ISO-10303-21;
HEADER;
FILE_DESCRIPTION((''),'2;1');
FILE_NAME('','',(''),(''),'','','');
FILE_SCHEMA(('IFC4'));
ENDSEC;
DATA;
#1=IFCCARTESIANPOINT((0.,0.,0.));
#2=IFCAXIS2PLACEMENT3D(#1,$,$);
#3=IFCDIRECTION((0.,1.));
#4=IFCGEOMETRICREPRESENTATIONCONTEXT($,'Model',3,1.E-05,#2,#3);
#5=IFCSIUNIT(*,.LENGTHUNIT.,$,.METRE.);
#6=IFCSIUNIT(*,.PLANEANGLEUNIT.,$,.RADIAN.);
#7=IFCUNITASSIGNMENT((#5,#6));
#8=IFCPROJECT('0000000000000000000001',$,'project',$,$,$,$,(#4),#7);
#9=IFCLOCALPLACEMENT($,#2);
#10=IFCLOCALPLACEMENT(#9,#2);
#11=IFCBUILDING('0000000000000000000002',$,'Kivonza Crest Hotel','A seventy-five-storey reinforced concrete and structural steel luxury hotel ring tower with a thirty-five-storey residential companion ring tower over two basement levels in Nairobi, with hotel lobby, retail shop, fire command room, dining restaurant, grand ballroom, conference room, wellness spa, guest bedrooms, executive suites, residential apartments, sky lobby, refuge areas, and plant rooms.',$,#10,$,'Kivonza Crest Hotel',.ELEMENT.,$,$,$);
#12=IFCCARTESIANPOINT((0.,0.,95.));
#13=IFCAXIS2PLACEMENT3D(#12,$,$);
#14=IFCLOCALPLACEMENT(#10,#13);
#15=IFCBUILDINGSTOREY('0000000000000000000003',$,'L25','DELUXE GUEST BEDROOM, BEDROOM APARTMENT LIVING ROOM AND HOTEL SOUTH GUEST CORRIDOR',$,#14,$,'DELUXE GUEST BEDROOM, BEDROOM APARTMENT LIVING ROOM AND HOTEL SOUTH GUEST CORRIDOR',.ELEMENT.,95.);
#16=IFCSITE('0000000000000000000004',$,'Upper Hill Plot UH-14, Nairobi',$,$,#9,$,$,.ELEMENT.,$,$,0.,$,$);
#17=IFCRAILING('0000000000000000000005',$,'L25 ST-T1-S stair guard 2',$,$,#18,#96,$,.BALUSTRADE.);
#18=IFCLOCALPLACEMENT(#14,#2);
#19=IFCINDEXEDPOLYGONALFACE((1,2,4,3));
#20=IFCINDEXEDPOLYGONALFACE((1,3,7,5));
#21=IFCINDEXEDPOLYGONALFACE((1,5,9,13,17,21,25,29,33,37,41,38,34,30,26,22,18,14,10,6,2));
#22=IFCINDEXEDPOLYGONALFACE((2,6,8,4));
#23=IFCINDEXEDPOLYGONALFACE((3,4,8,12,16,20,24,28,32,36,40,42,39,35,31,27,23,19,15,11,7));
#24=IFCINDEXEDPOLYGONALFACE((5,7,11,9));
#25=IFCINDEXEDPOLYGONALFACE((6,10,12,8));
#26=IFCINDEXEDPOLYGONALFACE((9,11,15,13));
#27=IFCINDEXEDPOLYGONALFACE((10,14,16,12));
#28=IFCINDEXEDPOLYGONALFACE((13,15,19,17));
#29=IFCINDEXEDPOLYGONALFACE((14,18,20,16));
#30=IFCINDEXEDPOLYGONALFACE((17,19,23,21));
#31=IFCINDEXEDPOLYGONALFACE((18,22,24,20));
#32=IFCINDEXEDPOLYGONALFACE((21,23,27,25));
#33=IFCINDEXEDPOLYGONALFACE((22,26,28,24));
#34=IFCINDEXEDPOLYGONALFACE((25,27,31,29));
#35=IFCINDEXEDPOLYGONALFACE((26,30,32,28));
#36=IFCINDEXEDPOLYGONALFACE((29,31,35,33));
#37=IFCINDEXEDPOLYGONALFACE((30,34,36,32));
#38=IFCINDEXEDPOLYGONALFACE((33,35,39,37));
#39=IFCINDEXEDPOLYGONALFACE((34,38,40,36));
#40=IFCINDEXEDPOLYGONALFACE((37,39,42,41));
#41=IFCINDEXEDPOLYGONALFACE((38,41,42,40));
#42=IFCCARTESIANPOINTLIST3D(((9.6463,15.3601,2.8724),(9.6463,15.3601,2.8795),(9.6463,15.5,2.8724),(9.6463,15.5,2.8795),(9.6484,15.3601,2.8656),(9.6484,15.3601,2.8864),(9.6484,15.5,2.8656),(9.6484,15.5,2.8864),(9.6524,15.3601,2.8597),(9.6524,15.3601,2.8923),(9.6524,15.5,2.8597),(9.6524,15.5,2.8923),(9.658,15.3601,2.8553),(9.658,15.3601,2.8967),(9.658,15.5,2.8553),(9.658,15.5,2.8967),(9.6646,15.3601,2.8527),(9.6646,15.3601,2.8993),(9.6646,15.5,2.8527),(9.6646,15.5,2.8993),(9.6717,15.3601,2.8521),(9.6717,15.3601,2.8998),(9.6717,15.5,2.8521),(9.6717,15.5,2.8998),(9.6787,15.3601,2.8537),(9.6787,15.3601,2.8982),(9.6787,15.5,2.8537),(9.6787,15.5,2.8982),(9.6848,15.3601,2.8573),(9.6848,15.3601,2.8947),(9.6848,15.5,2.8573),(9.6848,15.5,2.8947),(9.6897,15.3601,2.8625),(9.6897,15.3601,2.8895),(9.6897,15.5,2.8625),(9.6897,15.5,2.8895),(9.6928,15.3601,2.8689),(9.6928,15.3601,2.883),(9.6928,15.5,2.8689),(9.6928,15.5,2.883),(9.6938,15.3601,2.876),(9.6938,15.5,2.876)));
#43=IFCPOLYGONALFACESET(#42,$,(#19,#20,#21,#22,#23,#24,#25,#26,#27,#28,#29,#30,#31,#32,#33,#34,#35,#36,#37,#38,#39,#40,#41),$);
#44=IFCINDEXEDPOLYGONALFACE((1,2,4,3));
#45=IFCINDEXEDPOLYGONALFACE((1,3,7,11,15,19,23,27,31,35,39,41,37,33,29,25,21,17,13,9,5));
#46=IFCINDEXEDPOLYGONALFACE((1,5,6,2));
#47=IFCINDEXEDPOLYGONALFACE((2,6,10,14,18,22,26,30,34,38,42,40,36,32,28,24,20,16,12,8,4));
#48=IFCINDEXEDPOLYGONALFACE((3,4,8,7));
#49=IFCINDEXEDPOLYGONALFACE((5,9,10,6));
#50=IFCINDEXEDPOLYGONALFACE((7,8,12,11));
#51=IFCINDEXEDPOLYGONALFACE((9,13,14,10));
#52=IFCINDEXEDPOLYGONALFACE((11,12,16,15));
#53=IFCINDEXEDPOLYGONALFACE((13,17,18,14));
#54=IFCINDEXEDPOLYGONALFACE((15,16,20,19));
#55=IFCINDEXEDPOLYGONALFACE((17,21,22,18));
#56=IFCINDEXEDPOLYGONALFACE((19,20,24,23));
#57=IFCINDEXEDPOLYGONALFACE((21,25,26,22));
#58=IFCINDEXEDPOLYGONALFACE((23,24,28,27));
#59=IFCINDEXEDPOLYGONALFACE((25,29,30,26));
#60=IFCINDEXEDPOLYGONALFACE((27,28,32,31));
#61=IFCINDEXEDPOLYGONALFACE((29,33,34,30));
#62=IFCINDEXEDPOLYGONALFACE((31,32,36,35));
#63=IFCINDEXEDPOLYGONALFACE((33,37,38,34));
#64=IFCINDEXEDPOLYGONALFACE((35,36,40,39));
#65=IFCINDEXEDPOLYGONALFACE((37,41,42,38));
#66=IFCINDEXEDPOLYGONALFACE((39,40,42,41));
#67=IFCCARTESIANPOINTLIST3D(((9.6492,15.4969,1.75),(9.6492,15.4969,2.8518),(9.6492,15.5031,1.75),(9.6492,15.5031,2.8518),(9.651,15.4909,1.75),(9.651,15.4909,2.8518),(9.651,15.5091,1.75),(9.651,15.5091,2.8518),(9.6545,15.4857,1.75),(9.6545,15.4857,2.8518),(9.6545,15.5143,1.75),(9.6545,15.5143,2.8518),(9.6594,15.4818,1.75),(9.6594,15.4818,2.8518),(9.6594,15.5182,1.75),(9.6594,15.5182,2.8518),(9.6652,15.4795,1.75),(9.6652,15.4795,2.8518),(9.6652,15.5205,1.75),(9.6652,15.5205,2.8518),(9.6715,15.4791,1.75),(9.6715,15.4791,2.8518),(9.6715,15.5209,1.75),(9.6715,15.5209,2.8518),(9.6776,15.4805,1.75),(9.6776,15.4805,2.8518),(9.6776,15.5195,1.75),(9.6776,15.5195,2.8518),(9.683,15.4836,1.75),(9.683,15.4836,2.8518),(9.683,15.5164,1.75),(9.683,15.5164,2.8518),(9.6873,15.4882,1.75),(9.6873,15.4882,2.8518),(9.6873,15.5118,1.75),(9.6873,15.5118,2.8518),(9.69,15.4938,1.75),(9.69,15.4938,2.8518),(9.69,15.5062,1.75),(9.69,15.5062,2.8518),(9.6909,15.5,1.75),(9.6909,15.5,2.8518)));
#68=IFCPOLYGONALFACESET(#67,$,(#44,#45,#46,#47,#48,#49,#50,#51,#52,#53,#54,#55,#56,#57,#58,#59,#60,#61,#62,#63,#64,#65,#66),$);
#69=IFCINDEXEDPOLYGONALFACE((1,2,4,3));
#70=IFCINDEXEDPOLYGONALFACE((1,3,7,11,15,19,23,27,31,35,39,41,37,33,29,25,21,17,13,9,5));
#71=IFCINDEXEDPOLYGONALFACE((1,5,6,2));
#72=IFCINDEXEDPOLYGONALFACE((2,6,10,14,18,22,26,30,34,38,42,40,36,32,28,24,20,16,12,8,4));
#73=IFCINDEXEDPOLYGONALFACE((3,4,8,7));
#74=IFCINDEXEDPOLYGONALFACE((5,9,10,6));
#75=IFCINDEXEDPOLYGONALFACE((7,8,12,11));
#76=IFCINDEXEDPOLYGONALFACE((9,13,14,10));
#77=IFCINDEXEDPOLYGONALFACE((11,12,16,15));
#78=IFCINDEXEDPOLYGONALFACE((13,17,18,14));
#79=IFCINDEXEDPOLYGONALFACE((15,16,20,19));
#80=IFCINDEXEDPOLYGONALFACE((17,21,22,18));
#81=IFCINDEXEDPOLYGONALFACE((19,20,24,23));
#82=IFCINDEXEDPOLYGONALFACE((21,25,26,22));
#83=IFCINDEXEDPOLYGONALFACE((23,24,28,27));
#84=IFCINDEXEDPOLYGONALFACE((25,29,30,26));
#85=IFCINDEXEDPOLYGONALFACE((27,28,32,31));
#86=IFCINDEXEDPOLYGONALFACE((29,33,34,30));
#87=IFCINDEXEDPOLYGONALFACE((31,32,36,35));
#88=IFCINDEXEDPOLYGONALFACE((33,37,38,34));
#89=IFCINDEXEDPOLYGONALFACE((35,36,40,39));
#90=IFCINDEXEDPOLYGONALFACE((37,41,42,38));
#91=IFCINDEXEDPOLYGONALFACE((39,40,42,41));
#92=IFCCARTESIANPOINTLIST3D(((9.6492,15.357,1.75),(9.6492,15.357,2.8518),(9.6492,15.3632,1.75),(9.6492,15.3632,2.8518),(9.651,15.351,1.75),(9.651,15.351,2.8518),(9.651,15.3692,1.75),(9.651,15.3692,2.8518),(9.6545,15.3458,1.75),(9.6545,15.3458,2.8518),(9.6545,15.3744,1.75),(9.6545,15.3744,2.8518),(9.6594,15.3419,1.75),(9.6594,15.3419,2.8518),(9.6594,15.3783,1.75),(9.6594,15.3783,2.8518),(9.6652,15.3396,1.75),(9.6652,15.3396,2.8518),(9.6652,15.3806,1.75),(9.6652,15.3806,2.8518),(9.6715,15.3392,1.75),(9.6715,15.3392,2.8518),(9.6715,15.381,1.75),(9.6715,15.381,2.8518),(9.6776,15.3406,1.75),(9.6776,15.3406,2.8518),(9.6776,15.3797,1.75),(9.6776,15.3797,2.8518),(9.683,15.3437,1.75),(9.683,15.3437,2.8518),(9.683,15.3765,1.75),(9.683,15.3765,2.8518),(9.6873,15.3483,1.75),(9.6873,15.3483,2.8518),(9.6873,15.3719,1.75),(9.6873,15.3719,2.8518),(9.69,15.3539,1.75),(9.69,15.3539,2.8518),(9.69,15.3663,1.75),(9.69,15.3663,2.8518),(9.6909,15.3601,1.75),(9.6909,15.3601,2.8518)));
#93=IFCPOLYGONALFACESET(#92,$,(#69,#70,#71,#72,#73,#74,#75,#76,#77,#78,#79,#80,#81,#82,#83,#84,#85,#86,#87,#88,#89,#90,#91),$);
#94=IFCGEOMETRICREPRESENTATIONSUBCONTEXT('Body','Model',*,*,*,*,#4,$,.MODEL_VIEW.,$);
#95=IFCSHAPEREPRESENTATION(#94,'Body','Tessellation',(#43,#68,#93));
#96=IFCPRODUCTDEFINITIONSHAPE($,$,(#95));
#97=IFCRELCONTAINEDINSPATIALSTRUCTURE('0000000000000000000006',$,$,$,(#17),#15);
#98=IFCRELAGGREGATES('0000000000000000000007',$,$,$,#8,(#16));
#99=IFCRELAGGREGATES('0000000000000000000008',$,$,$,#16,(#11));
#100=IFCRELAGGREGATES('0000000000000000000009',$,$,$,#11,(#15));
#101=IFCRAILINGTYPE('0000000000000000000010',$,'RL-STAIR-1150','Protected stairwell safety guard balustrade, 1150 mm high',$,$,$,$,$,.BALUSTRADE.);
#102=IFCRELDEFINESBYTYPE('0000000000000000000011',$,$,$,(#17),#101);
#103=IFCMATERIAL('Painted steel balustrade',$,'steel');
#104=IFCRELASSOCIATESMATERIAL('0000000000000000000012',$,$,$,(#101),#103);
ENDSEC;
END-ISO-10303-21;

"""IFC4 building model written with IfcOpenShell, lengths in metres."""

from ifc_helpers import new_model, si_unit, direction, frame, origin, origin_2d, place, context, subcontext, project, spatial, circle, extrude, material, type_object, element, save


model = new_model("IFC4")

# Units and contexts
model_context = context("Model", 3, precision=1e-05, world=origin(), true_north=direction((0.0, 1.0)))
body_context = subcontext(model_context, "Body", "Model", "MODEL_VIEW")
ifc_project = project(units=[si_unit("LENGTHUNIT", "METRE"), si_unit("PLANEANGLEUNIT", "RADIAN")], contexts=[model_context])

# Site, building, storey
site_placement = place(None, origin())
site = spatial("IfcSite", under=ifc_project, at=site_placement, Name="Upper Hill Plot UH-14, Nairobi", CompositionType="ELEMENT", RefElevation=0.0)
building_placement = place(site_placement, origin())
building = spatial("IfcBuilding", under=site, at=building_placement, Name="Kivonza Crest Hotel", Description="A seventy-five-storey reinforced concrete and structural steel luxury hotel ring tower with a thirty-five-storey residential companion ring tower over two basement levels in Nairobi, with hotel lobby, retail shop, fire command room, dining restaurant, grand ballroom, conference room, wellness spa, guest bedrooms, executive suites, residential apartments, sky lobby, refuge areas, and plant rooms.", LongName="Kivonza Crest Hotel", CompositionType="ELEMENT")
storey_placement = place(building_placement, frame((0.0, 0.0, 95.0)))
storey = spatial("IfcBuildingStorey", under=building, at=storey_placement, Name="L25", Description="DELUXE GUEST BEDROOM, BEDROOM APARTMENT LIVING ROOM AND HOTEL SOUTH GUEST CORRIDOR", LongName="DELUXE GUEST BEDROOM, BEDROOM APARTMENT LIVING ROOM AND HOTEL SOUTH GUEST CORRIDOR", CompositionType="ELEMENT", Elevation=95.0)

# Railing
ifc_material_1 = material(Name="Painted steel balustrade", Category="steel")
railing_type_1 = type_object("IfcRailingType", Name="RL-STAIR-1150", Description="Protected stairwell safety guard balustrade, 1150 mm high", PredefinedType="BALUSTRADE", material=ifc_material_1)
railing_1_placement = place(storey_placement, frame((9.6699, 15.5, 1.75)))
element("IfcRailing", 1, at=railing_1_placement, inside=storey, type_object=railing_type_1, Name="L25 ST-T1-S stair guard 2", PredefinedType="BALUSTRADE", context=body_context, shape_type="SweptSolid", body=[
    extrude(circle(Radius=0.0239, at=origin_2d()), frame((0.0, 0.0, 1.126), z_axis=(0.0, -1.0, 0.0), x_axis=(1.0, 0.0, 0.0)), (0.0, 0.0, 1.0), 0.1399),
    extrude(circle(Radius=0.021, at=origin_2d()), origin(), (0.0, 0.0, 1.0), 1.1018),
    extrude(circle(Radius=0.021, at=origin_2d()), frame((0.0, -0.1399, 0.0)), (0.0, 0.0, 1.0), 1.1018),
])

save(model, "model.ifc")
